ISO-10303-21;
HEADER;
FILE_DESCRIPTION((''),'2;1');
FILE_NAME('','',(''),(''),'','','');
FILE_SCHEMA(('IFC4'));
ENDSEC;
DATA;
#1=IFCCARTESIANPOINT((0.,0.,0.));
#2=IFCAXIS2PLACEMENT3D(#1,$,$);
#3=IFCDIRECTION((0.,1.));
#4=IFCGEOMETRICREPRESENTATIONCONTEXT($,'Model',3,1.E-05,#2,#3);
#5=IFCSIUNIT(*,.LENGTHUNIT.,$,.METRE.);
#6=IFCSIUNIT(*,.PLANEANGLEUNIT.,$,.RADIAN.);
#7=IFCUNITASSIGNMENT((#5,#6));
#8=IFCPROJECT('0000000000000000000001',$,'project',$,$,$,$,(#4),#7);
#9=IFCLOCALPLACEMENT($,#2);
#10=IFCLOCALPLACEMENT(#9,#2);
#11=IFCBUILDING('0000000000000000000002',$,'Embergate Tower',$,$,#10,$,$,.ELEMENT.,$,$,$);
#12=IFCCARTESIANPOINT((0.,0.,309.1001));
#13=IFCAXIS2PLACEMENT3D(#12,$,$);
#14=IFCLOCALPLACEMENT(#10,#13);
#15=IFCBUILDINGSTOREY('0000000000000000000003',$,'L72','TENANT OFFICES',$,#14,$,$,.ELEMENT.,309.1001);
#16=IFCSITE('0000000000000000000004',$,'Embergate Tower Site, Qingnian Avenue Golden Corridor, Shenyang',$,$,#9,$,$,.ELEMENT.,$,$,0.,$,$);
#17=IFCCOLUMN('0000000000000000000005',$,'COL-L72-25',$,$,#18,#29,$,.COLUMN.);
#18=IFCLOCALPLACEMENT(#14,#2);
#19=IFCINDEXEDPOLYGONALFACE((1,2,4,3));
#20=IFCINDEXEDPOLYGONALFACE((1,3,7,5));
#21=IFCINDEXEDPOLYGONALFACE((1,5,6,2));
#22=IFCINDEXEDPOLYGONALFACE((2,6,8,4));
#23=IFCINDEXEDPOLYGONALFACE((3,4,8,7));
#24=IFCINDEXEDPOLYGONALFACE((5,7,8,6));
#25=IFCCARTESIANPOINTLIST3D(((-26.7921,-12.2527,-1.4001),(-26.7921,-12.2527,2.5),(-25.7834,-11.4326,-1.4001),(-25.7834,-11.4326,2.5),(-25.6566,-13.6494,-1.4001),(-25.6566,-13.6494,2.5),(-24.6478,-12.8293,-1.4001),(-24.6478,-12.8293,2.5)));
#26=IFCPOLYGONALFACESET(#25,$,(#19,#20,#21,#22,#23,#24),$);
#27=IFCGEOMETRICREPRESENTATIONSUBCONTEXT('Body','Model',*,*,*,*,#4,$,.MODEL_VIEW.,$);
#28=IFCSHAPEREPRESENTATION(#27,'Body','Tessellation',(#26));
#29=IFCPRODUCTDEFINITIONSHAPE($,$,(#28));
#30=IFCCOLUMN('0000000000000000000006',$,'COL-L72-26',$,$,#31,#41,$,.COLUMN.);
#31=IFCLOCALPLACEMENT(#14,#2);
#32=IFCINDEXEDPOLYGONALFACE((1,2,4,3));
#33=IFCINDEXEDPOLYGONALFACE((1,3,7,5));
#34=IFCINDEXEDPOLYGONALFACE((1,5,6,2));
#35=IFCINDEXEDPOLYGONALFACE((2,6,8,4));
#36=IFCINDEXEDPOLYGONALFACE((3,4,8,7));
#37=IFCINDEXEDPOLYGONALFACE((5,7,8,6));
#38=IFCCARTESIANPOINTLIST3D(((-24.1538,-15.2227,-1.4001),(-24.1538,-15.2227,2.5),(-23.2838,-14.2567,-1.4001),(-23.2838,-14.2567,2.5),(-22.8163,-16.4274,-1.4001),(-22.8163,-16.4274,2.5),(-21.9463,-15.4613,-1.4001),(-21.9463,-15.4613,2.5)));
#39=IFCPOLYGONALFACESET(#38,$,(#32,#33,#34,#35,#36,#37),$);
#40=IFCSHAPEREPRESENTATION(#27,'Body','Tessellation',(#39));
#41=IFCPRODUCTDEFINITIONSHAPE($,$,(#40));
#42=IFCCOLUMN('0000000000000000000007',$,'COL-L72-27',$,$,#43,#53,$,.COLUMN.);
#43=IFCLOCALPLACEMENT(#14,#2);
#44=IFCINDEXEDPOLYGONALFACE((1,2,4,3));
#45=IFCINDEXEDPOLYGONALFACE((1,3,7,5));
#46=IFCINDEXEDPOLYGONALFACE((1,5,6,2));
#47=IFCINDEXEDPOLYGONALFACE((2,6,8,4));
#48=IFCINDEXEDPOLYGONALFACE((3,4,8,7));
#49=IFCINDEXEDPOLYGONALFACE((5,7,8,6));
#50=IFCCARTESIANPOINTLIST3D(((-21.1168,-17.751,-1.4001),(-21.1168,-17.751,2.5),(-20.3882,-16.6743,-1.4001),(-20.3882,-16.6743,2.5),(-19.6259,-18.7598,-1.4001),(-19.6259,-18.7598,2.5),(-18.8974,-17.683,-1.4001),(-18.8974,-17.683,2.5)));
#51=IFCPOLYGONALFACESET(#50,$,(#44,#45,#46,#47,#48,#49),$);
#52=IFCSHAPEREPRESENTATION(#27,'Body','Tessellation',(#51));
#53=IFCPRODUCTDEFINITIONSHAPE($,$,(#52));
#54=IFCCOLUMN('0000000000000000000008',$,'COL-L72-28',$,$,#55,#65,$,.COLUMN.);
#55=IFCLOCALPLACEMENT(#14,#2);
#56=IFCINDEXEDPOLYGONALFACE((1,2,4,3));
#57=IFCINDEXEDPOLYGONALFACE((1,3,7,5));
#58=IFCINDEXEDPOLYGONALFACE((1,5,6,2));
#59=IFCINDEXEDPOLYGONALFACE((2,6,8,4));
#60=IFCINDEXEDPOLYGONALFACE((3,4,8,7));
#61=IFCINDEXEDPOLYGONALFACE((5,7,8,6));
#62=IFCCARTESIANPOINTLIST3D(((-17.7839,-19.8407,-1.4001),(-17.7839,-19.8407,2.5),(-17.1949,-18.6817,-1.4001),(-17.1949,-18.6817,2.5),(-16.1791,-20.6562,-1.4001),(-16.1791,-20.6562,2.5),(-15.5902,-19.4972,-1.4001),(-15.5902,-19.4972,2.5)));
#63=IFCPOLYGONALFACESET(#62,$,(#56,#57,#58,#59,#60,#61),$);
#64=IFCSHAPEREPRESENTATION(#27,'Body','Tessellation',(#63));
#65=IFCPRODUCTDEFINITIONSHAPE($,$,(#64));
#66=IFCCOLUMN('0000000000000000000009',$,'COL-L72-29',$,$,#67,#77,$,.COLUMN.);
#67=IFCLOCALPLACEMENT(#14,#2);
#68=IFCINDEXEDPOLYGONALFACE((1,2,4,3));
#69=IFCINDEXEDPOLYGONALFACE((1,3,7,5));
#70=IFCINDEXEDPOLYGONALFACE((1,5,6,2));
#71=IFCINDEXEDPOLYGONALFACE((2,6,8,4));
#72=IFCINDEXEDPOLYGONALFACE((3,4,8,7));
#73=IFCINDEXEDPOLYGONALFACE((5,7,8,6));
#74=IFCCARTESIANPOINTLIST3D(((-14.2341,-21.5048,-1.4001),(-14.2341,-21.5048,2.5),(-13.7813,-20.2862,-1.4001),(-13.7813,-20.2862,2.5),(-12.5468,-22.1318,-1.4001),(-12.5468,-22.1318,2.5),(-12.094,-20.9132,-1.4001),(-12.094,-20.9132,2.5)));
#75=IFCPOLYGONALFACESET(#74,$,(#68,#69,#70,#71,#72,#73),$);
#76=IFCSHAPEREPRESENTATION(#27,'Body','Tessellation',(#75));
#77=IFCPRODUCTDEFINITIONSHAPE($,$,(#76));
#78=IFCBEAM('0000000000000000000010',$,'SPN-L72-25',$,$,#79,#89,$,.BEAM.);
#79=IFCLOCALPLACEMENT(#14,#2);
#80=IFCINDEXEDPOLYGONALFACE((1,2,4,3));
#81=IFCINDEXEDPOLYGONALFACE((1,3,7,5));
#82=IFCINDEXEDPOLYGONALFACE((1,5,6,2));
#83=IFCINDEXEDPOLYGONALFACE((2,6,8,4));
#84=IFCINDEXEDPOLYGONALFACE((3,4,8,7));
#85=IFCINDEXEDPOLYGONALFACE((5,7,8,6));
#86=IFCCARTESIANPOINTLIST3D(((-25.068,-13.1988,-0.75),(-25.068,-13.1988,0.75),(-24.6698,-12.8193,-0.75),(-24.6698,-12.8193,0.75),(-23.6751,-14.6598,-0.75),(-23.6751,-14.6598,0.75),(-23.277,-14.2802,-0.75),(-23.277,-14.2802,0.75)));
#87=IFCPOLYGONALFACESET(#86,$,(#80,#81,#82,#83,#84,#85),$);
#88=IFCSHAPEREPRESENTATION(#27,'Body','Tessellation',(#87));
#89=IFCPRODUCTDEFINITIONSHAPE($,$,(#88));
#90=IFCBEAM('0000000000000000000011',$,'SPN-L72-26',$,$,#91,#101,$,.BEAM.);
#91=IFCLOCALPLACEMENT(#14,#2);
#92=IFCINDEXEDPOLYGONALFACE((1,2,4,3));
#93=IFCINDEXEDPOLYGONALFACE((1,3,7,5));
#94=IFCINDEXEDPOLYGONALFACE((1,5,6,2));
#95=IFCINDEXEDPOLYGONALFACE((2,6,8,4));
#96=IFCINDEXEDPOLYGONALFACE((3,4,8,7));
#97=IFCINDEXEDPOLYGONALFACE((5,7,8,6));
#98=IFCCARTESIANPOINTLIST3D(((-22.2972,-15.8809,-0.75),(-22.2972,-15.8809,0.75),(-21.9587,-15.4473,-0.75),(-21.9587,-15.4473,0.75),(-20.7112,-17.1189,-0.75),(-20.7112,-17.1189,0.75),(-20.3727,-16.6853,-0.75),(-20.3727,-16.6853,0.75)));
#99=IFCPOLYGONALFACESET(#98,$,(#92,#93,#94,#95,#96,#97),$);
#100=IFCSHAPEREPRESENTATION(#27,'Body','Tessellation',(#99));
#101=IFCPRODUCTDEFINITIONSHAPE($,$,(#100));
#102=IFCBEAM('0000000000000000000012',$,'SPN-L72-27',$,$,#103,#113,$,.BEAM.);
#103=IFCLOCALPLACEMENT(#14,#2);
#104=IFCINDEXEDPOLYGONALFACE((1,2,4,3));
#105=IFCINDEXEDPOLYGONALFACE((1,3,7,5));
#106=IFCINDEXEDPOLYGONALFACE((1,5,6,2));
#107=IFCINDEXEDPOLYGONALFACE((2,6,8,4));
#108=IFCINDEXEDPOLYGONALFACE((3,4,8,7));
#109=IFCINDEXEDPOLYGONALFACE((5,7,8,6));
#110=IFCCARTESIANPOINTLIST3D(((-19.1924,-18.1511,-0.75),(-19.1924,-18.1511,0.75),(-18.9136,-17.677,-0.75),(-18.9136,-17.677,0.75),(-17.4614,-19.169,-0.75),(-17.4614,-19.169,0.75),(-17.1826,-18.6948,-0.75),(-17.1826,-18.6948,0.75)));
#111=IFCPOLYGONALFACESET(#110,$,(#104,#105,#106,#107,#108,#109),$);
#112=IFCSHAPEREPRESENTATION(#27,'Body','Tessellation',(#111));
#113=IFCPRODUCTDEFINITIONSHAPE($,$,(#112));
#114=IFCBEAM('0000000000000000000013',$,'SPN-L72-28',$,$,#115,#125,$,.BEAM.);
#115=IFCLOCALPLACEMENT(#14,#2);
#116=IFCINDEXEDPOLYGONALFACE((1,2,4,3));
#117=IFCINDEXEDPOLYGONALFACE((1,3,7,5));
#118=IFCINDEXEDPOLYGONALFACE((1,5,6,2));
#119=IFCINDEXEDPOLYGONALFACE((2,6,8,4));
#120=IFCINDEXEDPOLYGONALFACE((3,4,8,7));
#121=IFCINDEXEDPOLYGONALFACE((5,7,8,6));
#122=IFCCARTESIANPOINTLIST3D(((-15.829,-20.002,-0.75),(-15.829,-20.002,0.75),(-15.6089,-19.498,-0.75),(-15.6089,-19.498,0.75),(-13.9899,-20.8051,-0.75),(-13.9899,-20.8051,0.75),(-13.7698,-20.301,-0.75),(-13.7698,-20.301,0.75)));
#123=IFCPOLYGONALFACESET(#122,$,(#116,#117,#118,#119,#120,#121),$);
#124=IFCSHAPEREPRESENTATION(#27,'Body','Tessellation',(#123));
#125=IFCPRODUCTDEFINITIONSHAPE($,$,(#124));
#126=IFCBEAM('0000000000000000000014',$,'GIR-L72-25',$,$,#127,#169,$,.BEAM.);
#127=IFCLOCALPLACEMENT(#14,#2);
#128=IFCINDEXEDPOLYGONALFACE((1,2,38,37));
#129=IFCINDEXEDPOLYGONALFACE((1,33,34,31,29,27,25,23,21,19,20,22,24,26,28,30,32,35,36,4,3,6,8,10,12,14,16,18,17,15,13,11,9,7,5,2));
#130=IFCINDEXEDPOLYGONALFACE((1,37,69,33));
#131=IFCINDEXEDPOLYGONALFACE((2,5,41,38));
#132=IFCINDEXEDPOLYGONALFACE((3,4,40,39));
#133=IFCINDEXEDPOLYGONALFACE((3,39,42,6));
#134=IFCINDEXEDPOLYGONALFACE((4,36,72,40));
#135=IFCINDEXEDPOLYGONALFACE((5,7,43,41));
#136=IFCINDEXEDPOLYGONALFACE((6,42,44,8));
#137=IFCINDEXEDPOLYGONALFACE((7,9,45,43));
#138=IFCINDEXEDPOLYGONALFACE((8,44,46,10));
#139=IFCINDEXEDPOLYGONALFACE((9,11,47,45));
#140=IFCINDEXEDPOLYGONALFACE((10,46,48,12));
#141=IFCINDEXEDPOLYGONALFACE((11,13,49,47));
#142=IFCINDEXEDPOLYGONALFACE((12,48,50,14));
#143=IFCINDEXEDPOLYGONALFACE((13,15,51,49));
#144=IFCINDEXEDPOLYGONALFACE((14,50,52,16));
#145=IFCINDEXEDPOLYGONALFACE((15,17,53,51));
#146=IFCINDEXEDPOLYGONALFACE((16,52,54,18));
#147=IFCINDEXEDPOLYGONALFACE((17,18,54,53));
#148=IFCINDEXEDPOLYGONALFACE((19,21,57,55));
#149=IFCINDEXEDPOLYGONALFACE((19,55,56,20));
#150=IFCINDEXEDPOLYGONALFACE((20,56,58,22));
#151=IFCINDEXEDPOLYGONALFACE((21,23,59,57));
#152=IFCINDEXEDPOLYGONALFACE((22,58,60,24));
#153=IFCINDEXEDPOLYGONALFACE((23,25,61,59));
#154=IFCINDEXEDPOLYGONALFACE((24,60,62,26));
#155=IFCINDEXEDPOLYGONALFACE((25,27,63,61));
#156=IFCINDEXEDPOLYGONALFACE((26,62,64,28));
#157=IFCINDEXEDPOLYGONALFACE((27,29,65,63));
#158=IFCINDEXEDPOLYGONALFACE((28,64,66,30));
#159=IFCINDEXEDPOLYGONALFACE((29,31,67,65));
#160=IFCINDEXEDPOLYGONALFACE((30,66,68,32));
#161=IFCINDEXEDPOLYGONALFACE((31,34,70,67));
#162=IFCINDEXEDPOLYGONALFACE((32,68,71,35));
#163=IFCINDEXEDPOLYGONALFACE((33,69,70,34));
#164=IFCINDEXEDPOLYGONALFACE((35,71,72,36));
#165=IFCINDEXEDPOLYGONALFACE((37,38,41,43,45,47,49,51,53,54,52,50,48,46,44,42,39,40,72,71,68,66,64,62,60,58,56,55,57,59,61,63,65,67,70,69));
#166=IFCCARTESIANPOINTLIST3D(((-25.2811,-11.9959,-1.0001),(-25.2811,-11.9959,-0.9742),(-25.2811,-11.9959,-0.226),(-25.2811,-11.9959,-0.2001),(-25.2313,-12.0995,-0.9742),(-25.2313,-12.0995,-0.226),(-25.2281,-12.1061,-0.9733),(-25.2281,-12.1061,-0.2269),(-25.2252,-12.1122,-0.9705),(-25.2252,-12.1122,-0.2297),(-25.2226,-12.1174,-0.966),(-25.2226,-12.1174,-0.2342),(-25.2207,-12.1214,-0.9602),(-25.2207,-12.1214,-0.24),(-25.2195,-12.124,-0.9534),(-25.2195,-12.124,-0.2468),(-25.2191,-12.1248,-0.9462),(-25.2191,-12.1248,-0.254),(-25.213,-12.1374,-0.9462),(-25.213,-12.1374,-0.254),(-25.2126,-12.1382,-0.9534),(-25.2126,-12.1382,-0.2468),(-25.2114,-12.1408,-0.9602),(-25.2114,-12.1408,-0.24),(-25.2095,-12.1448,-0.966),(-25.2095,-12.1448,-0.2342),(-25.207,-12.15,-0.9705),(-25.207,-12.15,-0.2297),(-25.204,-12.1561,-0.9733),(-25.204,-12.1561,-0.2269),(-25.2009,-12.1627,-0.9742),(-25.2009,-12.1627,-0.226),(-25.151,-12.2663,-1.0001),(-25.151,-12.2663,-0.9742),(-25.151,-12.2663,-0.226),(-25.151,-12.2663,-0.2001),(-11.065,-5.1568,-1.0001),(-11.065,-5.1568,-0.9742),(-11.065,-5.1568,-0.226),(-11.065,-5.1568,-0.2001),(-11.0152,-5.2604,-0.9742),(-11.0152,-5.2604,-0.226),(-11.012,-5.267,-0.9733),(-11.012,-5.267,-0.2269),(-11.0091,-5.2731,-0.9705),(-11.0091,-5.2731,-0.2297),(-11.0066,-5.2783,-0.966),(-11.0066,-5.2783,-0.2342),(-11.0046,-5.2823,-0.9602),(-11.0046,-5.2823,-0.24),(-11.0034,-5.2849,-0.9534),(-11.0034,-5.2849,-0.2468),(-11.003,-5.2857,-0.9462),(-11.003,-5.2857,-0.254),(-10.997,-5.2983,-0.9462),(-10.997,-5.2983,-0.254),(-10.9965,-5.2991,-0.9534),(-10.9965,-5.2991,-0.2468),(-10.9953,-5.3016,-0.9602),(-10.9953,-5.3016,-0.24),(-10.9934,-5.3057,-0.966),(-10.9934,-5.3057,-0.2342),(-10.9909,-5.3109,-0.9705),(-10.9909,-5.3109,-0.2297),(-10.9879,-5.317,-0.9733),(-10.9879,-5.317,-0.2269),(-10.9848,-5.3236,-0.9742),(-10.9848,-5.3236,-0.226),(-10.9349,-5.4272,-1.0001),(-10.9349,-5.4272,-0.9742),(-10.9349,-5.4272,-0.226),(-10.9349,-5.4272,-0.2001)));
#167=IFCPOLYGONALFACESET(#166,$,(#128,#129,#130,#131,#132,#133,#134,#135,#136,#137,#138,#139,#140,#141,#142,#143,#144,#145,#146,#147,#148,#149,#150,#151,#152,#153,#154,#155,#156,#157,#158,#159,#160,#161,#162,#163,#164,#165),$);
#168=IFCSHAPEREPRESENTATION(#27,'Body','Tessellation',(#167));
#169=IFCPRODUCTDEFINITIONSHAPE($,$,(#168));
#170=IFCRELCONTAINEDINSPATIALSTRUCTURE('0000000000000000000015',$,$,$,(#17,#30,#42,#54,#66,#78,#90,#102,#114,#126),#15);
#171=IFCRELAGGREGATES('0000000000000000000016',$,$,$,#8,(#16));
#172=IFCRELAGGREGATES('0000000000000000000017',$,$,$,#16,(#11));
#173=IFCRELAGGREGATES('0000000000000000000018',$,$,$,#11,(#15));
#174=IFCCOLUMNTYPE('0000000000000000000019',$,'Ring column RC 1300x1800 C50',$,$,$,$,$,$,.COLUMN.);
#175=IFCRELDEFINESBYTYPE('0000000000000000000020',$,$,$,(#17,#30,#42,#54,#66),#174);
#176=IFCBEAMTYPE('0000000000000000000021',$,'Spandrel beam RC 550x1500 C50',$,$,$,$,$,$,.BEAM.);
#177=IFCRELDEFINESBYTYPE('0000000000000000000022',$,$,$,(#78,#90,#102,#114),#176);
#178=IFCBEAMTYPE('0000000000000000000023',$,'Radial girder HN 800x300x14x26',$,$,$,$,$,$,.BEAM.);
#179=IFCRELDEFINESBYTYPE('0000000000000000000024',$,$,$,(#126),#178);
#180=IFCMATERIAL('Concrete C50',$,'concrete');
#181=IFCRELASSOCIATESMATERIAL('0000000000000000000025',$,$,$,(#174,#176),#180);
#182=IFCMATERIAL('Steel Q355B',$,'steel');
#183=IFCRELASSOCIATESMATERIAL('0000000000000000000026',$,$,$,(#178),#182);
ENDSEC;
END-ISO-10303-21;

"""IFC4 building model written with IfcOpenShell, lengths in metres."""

from ifc_helpers import new_model, si_unit, direction, frame, origin, origin_2d, place, context, subcontext, project, spatial, rectangle, i_section, extrude, source, transform, mapped, material, material_profile, profile_set, type_object, element, save


model = new_model("IFC4")

# Units and contexts
model_context = context("Model", 3, precision=1e-05, world=origin(), true_north=direction((0.0, 1.0)))
body_context = subcontext(model_context, "Body", "Model", "MODEL_VIEW")
ifc_project = project(units=[si_unit("LENGTHUNIT", "METRE"), si_unit("PLANEANGLEUNIT", "RADIAN")], contexts=[model_context])

# Site, building, storey
site_placement = place(None, origin())
site = spatial("IfcSite", under=ifc_project, at=site_placement, Name="Embergate Tower Site, Qingnian Avenue Golden Corridor, Shenyang", CompositionType="ELEMENT", RefElevation=0.0)
building_placement = place(site_placement, origin())
building = spatial("IfcBuilding", under=site, at=building_placement, Name="Embergate Tower", CompositionType="ELEMENT")
storey_placement = place(building_placement, frame((0.0, 0.0, 309.1001)))
storey = spatial("IfcBuildingStorey", under=building, at=storey_placement, Name="L72", Description="TENANT OFFICES", CompositionType="ELEMENT", Elevation=309.1001)

# Columns
ifc_material_1 = material(Name="Concrete C50", Category="concrete")
ifc_material_profile_1 = material_profile(ifc_material_1, rectangle(XDim=1.3, YDim=1.8, at=origin_2d()), Name="RC 1300x1800")
ifc_profile_set_1 = profile_set([ifc_material_profile_1], Name="Concrete C50")
column_type = type_object("IfcColumnType", Name="Ring column RC 1300x1800 C50", PredefinedType="COLUMN", material=ifc_profile_set_1)
shared_shape_1 = source(origin(), body_context, "Body", "SweptSolid", [
    extrude(rectangle(XDim=1.3, YDim=1.8, at=origin_2d()), origin(), (0.0, 0.0, 1.0), 3.9001),
])
for number, where, z_axis, x_axis, name in (
    (1, (-25.72, -12.541, -1.4001), (0.0, 0.0, 1.0), (-0.775925, -0.630825, 0.0), "COL-L72-25"),
    (2, (-23.05, -15.342, -1.4001), (0.0, 0.0, 1.0), (-0.669221, -0.743063, 0.0), "COL-L72-26"),
    (3, (-20.0071, -17.717, -1.4001), (0.0, 0.0, 1.0), (-0.560393, -0.828227, 0.0), "COL-L72-27"),
    (4, (-16.687, -19.6689, -1.4001), (0.0, 0.0, 1.0), (-0.453011, -0.891505, 0.0), "COL-L72-28"),
    (5, (-13.1641, -21.209, -1.4001), (0.0, 0.0, 1.0), (-0.348343, -0.937367, 0.0), "COL-L72-29"),
):
    element("IfcColumn", number, at=place(storey_placement, frame(where, z_axis=z_axis, x_axis=x_axis)), inside=storey, type_object=column_type, Name=name, PredefinedType="COLUMN", context=body_context, shape_type="MappedRepresentation", body=[
        mapped(shared_shape_1, transform((0.0, 0.0, 0.0))),
    ])

# Beams
ifc_material_profile_2 = material_profile(ifc_material_1, rectangle(XDim=0.55, YDim=1.5, at=origin_2d()), Name="RC 550x1500")
ifc_profile_set_2 = profile_set([ifc_material_profile_2], Name="Concrete C50")
beam_type_1 = type_object("IfcBeamType", Name="Spandrel beam RC 550x1500 C50", PredefinedType="BEAM", material=ifc_profile_set_2)
shared_shape_2 = source(origin(), body_context, "Body", "SweptSolid", [
    extrude(rectangle(XDim=0.55, YDim=1.5, at=origin_2d()), origin(), (0.0, 0.0, 1.0), 2.0186),
])
beam_1_placement = place(storey_placement, frame((-24.8689, -13.009, 0.0), z_axis=(0.690033, -0.723778, 0.0), x_axis=(0.723778, 0.690033, 0.0)))
element("IfcBeam", 6, at=beam_1_placement, inside=storey, type_object=beam_type_1, Name="SPN-L72-25", PredefinedType="BEAM", context=body_context, shape_type="MappedRepresentation", body=[
    mapped(shared_shape_2, transform((0.0, 0.0, 0.0))),
])
shared_shape_3 = source(origin(), body_context, "Body", "SweptSolid", [
    extrude(rectangle(XDim=0.55, YDim=1.5, at=origin_2d()), origin(), (0.0, 0.0, 1.0), 2.012),
])
beam_2_placement = place(storey_placement, frame((-22.1279, -15.6641, 0.0), z_axis=(0.78826, -0.615343, 0.0), x_axis=(0.615343, 0.78826, 0.0)))
element("IfcBeam", 7, at=beam_2_placement, inside=storey, type_object=beam_type_1, Name="SPN-L72-26", PredefinedType="BEAM", context=body_context, shape_type="MappedRepresentation", body=[
    mapped(shared_shape_3, transform((0.0, 0.0, 0.0))),
])
shared_shape_4 = source(origin(), body_context, "Body", "SweptSolid", [
    extrude(rectangle(XDim=0.55, YDim=1.5, at=origin_2d()), origin(), (0.0, 0.0, 1.0), 2.0081),
])
beam_3_placement = place(storey_placement, frame((-19.053, -17.9141, 0.0), z_axis=(0.862019, -0.506877, 0.0), x_axis=(0.506877, 0.862019, 0.0)))
element("IfcBeam", 8, at=beam_3_placement, inside=storey, type_object=beam_type_1, Name="SPN-L72-27", PredefinedType="BEAM", context=body_context, shape_type="MappedRepresentation", body=[
    mapped(shared_shape_4, transform((0.0, 0.0, 0.0))),
])
shared_shape_5 = source(origin(), body_context, "Body", "SweptSolid", [
    extrude(rectangle(XDim=0.55, YDim=1.5, at=origin_2d()), origin(), (0.0, 0.0, 1.0), 2.0068),
])
beam_4_placement = place(storey_placement, frame((-15.719, -19.75, 0.0), z_axis=(0.916456, -0.400136, 0.0), x_axis=(0.400136, 0.916456, 0.0)))
element("IfcBeam", 9, at=beam_4_placement, inside=storey, type_object=beam_type_1, Name="SPN-L72-28", PredefinedType="BEAM", context=body_context, shape_type="MappedRepresentation", body=[
    mapped(shared_shape_5, transform((0.0, 0.0, 0.0))),
])
ifc_material_2 = material(Name="Steel Q355B", Category="steel")
ifc_material_profile_3 = material_profile(ifc_material_2, i_section(OverallWidth=0.3, OverallDepth=0.8, WebThickness=0.0139, FlangeThickness=0.0259, FilletRadius=0.0281, at=origin_2d()), Name="HN 800x300x14x26")
ifc_profile_set_3 = profile_set([ifc_material_profile_3], Name="Steel Q355 grade B")
beam_type_2 = type_object("IfcBeamType", Name="Radial girder HN 800x300x14x26", PredefinedType="BEAM", material=ifc_profile_set_3)
shared_shape_6 = source(origin(), body_context, "Body", "SweptSolid", [
    extrude(i_section(OverallWidth=0.3, OverallDepth=0.8, WebThickness=0.0139, FlangeThickness=0.0259, FilletRadius=0.0281, at=origin_2d()), origin(), (0.0, 0.0, 1.0), 15.7756),
])
beam_5_placement = place(storey_placement, frame((-25.2161, -12.1311, -0.6001), z_axis=(0.901142, 0.433524, 0.0), x_axis=(-0.433524, 0.901142, 0.0)))
element("IfcBeam", 10, at=beam_5_placement, inside=storey, type_object=beam_type_2, Name="GIR-L72-25", PredefinedType="BEAM", context=body_context, shape_type="MappedRepresentation", body=[
    mapped(shared_shape_6, transform((0.0, 0.0, 0.0))),
])

save(model, "model.ifc")
